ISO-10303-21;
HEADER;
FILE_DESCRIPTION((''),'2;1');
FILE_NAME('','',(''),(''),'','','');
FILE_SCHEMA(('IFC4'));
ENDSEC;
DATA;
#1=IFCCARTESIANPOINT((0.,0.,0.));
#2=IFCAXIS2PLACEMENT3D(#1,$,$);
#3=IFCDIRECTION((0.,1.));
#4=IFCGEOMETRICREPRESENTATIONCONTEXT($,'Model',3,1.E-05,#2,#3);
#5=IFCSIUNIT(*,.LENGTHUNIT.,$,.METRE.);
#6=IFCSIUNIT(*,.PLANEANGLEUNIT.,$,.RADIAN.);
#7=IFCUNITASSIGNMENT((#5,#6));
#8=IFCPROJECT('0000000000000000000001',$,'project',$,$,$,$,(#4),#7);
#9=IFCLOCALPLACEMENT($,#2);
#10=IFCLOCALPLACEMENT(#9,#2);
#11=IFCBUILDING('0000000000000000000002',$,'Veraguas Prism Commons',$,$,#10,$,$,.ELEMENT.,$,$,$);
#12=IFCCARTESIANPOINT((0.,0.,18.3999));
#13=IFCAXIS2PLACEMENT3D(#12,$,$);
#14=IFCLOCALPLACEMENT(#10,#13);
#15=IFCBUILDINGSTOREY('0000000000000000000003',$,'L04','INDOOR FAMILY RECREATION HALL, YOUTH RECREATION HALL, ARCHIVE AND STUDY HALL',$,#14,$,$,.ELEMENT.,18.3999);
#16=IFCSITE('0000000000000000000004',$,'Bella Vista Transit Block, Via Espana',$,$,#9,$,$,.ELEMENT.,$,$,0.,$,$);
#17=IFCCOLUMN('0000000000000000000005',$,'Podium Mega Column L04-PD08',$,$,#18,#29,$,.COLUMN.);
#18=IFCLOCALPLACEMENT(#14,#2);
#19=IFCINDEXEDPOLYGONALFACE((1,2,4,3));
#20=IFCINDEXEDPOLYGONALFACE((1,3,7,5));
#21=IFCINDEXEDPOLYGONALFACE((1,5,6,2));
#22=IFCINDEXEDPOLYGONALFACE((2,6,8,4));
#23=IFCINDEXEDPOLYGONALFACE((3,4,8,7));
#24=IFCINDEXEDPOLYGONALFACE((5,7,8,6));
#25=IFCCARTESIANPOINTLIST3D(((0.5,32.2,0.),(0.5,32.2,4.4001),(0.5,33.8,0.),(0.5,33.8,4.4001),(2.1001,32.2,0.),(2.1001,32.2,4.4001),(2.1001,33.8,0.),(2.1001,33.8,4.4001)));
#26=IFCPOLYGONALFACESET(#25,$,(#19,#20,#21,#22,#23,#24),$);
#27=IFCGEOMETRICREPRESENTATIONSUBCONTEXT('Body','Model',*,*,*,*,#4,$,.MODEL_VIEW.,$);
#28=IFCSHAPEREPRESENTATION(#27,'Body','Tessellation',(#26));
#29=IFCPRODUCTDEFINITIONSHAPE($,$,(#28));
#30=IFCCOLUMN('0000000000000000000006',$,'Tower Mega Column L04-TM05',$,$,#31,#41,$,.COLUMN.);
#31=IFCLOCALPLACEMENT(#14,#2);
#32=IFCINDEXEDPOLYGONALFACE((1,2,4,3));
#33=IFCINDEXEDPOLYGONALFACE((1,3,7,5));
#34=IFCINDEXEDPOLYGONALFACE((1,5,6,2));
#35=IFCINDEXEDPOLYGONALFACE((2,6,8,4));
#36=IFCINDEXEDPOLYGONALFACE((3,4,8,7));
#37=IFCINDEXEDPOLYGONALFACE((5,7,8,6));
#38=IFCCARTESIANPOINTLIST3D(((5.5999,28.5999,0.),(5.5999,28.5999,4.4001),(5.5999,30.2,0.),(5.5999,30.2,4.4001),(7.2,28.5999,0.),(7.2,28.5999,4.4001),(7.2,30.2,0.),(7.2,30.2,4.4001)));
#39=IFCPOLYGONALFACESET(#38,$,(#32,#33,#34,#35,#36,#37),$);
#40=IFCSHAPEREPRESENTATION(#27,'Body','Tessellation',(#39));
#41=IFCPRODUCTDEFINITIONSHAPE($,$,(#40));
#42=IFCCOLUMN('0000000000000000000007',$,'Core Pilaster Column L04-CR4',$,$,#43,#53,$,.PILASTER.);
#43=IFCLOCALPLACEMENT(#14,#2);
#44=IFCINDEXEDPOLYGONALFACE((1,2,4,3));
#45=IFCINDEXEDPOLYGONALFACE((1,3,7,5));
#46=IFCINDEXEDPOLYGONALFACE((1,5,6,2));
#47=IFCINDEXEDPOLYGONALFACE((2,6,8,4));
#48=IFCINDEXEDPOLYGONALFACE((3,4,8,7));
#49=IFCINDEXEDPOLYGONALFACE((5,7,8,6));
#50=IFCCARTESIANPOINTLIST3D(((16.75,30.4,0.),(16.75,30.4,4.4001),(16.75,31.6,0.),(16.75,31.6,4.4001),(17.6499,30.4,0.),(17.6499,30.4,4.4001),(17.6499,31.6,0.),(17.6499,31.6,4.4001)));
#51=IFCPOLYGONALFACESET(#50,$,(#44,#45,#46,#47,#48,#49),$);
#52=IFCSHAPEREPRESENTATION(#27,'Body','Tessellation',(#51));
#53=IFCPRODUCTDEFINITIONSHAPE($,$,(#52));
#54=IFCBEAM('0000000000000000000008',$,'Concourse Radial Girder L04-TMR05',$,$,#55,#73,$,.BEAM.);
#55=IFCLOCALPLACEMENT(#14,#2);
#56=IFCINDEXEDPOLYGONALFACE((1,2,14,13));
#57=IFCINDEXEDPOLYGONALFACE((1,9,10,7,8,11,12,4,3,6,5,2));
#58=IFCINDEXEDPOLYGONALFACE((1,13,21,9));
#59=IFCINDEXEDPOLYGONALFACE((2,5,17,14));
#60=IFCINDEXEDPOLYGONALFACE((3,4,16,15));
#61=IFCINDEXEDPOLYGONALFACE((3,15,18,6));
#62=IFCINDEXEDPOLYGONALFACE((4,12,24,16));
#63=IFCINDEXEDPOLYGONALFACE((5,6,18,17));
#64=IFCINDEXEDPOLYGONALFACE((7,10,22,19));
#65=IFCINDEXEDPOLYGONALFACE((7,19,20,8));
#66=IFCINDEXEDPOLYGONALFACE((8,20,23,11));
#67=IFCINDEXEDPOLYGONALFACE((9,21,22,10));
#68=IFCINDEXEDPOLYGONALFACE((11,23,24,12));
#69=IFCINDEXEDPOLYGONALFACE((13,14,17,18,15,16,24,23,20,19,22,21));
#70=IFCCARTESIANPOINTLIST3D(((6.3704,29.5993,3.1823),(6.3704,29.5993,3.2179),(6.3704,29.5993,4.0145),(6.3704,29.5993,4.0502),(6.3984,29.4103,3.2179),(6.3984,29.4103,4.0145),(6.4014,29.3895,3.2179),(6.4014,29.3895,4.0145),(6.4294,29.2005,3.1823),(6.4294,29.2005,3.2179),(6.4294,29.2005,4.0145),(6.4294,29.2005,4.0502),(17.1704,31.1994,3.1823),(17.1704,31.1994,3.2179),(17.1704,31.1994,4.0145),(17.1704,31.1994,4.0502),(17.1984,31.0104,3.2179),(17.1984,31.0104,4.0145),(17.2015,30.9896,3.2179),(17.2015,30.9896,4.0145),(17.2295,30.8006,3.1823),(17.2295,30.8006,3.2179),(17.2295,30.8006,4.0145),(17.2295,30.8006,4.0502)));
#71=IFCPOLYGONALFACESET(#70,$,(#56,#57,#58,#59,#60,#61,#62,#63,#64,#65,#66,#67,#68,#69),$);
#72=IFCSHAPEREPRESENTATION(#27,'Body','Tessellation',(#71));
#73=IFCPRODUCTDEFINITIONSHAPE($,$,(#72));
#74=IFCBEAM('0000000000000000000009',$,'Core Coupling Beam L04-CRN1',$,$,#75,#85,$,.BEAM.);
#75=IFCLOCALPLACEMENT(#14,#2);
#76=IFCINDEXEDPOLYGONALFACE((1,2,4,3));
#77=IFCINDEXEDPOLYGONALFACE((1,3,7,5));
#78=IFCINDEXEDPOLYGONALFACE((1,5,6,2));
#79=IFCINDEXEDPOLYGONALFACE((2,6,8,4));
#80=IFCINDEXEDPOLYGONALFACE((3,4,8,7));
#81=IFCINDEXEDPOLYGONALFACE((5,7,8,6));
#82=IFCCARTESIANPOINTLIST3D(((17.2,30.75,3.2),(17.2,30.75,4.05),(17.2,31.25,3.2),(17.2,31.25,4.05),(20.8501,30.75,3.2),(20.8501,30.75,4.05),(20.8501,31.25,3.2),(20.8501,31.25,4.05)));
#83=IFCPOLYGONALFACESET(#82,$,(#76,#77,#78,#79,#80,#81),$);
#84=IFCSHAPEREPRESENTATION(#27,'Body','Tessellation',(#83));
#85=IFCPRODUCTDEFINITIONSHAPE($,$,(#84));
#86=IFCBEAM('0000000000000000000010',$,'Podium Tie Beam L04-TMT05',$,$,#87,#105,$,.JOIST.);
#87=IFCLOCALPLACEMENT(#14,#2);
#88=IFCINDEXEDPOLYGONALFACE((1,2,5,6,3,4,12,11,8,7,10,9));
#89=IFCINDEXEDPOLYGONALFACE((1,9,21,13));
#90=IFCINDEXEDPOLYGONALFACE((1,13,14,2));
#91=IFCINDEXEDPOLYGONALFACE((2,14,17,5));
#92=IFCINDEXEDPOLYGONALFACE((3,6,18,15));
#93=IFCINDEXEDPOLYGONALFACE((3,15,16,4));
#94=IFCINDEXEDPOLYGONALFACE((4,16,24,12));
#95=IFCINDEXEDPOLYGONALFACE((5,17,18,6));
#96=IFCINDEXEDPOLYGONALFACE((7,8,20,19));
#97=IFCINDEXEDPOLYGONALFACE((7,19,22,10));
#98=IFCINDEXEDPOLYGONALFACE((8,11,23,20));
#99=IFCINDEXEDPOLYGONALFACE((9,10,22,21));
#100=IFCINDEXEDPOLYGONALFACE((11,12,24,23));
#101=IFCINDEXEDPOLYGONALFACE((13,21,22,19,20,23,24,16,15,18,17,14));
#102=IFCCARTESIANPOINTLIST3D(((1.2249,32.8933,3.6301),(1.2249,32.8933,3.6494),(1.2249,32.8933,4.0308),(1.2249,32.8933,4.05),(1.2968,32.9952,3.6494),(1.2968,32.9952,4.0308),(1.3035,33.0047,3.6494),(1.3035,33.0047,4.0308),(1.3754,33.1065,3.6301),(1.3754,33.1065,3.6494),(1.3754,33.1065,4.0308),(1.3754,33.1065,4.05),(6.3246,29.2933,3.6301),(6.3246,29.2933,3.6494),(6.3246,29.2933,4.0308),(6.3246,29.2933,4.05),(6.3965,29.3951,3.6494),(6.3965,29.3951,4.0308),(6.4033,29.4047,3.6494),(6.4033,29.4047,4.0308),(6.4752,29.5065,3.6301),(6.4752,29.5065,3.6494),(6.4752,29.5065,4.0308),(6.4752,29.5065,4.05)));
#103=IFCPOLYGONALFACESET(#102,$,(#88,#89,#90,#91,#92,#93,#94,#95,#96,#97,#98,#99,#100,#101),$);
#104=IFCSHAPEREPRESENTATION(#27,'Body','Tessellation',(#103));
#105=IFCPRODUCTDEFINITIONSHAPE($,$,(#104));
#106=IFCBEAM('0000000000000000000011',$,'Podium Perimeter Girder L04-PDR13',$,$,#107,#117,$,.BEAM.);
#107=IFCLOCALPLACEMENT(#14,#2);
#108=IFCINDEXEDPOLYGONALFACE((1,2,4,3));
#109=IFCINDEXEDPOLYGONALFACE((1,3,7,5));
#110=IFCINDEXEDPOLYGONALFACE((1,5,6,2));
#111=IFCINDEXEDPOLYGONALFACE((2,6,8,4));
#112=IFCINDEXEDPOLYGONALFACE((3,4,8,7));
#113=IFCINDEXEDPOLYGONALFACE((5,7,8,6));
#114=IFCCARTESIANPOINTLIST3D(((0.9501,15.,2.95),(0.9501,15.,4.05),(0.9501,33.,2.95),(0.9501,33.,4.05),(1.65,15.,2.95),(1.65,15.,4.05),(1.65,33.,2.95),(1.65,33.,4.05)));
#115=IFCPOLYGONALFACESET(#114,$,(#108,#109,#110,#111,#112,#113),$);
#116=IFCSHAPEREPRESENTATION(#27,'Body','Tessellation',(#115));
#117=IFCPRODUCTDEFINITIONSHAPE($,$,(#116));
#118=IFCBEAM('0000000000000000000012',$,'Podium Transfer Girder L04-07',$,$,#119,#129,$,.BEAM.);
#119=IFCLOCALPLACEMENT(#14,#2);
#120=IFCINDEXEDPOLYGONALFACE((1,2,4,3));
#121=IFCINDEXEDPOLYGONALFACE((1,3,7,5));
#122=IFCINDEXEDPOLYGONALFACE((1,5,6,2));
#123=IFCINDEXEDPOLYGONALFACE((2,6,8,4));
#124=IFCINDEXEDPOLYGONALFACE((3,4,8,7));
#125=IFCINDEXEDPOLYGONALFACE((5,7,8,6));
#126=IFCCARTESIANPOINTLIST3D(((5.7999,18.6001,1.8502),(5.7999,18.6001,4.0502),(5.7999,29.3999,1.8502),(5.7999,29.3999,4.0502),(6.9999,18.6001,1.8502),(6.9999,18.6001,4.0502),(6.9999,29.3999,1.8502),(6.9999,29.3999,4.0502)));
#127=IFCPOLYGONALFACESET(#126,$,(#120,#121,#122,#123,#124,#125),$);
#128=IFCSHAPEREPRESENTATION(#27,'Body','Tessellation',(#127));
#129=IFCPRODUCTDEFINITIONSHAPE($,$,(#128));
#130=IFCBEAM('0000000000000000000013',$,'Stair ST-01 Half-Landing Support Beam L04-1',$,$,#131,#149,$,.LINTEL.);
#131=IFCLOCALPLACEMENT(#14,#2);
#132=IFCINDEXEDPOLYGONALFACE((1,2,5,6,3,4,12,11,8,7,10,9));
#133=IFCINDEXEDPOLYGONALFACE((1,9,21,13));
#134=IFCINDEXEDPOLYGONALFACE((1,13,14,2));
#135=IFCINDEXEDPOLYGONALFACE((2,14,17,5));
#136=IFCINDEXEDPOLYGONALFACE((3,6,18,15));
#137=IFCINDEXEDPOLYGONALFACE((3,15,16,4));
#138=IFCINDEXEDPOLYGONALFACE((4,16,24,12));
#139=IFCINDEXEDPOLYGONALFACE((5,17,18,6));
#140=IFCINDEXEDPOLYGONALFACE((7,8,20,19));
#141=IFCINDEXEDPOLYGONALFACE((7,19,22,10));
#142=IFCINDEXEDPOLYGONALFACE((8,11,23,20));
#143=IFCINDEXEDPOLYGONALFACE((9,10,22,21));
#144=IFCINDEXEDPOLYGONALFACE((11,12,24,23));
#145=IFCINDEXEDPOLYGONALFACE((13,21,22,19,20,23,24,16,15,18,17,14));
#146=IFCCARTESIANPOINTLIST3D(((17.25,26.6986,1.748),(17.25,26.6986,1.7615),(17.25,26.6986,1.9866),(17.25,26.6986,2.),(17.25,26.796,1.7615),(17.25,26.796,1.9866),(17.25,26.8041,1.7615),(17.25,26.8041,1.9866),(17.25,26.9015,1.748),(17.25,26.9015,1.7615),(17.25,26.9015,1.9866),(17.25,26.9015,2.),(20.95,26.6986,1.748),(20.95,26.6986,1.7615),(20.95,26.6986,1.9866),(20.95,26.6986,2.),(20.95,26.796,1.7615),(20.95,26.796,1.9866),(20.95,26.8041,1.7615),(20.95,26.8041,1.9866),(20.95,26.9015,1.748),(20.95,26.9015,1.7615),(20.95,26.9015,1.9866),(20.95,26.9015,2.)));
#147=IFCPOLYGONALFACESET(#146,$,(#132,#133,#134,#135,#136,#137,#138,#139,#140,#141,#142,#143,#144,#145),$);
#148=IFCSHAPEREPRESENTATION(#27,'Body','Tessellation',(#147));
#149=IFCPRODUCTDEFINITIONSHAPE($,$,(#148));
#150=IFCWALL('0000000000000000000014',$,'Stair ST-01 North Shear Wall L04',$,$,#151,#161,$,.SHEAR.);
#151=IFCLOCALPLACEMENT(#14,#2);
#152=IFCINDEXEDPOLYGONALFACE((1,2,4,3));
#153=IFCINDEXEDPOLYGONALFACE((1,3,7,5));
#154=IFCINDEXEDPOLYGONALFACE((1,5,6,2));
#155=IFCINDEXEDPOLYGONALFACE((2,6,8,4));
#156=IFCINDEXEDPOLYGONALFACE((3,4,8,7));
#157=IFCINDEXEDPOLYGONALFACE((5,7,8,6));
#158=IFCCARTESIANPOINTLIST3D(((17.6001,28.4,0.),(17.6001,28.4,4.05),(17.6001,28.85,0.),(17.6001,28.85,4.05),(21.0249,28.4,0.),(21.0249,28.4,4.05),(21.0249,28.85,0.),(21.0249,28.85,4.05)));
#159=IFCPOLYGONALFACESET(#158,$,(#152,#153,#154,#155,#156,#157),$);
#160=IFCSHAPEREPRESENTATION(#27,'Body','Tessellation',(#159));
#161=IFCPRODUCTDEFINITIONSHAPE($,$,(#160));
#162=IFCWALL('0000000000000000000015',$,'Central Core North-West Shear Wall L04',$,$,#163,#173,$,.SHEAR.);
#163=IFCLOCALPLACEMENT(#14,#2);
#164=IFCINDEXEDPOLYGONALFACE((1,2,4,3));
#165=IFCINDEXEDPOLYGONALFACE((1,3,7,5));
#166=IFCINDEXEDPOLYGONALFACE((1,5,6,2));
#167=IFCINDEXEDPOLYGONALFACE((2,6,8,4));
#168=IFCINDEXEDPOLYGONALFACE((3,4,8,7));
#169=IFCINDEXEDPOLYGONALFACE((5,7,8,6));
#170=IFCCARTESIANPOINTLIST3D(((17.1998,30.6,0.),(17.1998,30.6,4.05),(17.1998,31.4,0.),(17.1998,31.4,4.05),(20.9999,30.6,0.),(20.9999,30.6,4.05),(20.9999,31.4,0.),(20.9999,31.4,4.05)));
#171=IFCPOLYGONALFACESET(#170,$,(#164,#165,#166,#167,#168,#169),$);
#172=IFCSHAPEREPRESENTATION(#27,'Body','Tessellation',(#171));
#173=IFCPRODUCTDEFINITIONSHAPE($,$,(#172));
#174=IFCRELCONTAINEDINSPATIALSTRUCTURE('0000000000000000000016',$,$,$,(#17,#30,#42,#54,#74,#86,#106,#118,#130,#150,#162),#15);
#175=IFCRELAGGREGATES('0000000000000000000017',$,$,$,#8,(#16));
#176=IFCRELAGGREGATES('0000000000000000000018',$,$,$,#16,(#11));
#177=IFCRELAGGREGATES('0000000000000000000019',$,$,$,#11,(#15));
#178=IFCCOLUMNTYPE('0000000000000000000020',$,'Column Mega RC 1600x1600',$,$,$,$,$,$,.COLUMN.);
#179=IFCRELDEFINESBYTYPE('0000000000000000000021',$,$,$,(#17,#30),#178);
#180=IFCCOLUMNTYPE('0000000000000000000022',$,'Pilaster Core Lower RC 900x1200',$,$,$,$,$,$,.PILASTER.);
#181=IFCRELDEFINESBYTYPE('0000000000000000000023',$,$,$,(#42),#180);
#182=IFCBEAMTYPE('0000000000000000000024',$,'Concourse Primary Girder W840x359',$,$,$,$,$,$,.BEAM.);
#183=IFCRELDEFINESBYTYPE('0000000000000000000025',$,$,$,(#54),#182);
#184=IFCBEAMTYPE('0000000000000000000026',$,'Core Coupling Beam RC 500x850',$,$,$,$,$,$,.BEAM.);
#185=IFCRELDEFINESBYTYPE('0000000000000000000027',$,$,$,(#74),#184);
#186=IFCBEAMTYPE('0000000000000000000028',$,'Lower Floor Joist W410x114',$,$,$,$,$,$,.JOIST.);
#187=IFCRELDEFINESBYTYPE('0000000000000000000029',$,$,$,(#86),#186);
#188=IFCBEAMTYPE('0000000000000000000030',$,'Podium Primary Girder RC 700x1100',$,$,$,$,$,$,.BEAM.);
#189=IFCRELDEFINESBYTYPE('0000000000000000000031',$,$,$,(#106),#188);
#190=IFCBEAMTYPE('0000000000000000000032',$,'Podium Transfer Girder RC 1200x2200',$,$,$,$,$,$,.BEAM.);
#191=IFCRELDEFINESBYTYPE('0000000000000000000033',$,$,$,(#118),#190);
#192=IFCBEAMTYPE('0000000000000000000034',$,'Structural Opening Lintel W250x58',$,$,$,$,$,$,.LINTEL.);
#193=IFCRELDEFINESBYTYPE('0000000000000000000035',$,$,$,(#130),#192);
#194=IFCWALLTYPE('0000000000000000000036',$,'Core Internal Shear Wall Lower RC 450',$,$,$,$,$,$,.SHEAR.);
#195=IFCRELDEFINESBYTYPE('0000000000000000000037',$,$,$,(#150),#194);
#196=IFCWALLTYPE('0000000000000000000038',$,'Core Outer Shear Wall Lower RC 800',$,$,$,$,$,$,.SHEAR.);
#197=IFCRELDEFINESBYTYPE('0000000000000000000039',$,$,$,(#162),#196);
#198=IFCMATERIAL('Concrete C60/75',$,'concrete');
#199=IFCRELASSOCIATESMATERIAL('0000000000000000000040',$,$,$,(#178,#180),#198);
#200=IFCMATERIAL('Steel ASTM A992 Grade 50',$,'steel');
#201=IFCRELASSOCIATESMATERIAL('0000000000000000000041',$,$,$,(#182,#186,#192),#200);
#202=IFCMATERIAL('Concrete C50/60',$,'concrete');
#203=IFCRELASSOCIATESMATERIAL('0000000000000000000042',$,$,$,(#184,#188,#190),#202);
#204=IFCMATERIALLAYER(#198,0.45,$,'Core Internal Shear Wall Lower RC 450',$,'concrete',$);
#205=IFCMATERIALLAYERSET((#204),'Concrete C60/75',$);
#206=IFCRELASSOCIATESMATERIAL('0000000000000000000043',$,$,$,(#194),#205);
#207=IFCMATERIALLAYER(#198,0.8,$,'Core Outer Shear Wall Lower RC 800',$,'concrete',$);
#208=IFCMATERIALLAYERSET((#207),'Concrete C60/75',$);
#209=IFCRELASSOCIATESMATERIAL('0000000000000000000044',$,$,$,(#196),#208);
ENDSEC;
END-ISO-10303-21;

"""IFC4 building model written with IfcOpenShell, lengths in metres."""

from ifc_helpers import new_model, si_unit, direction, frame, frame_2d, origin, origin_2d, place, context, subcontext, project, spatial, rectangle, i_section, extrude, material, layer, layer_set, material_profile, profile_set, type_object, element, save


model = new_model("IFC4")

# Units and contexts
model_context = context("Model", 3, precision=1e-05, world=origin(), true_north=direction((0.0, 1.0)))
body_context = subcontext(model_context, "Body", "Model", "MODEL_VIEW")
ifc_project = project(units=[si_unit("LENGTHUNIT", "METRE"), si_unit("PLANEANGLEUNIT", "RADIAN")], contexts=[model_context])

# Site, building, storey
site_placement = place(None, origin())
site = spatial("IfcSite", under=ifc_project, at=site_placement, Name="Bella Vista Transit Block, Via Espana", CompositionType="ELEMENT", RefElevation=0.0)
building_placement = place(site_placement, origin())
building = spatial("IfcBuilding", under=site, at=building_placement, Name="Veraguas Prism Commons", CompositionType="ELEMENT")
storey_placement = place(building_placement, frame((0.0, 0.0, 18.3999)))
storey = spatial("IfcBuildingStorey", under=building, at=storey_placement, Name="L04", Description="INDOOR FAMILY RECREATION HALL, YOUTH RECREATION HALL, ARCHIVE AND STUDY HALL", CompositionType="ELEMENT", Elevation=18.3999)

# Columns
ifc_material_1 = material(Name="Concrete C60/75", Category="concrete")
ifc_material_profile_1 = material_profile(ifc_material_1, rectangle(XDim=1.6001, YDim=1.6001, at=origin_2d()), Name="RC1600X1600")
ifc_profile_set_1 = profile_set([ifc_material_profile_1], Name="Concrete C60/75")
column_type_1 = type_object("IfcColumnType", Name="Column Mega RC 1600x1600", PredefinedType="COLUMN", material=ifc_profile_set_1)
for number, where, z_axis, x_axis, name in (
    (1, (1.3, 33.0, 0.0), (0.0, 0.0, 1.0), (1.0, 0.0, 0.0), "Podium Mega Column L04-PD08"),
    (2, (6.3999, 29.3999, 0.0), (0.0, 0.0, 1.0), (1.0, 0.0, 0.0), "Tower Mega Column L04-TM05"),
):
    element("IfcColumn", number, at=place(storey_placement, frame(where, z_axis=z_axis, x_axis=x_axis)), inside=storey, type_object=column_type_1, Name=name, PredefinedType="COLUMN", context=body_context, shape_type="SweptSolid", body=[
        extrude(rectangle(XDim=1.6001, YDim=1.6001, at=origin_2d()), origin(), (0.0, 0.0, 1.0), 4.4001),
    ])
ifc_material_profile_2 = material_profile(ifc_material_1, rectangle(XDim=0.8999, YDim=1.2, at=origin_2d()), Name="RC900X1200")
ifc_profile_set_2 = profile_set([ifc_material_profile_2], Name="Concrete C60/75")
column_type_2 = type_object("IfcColumnType", Name="Pilaster Core Lower RC 900x1200", PredefinedType="PILASTER", material=ifc_profile_set_2)
column_placement = place(storey_placement, frame((17.2, 31.0, 0.0), z_axis=(0.0, 0.0, 1.0), x_axis=(1.0, 0.0, 0.0)))
element("IfcColumn", 3, at=column_placement, inside=storey, type_object=column_type_2, Name="Core Pilaster Column L04-CR4", PredefinedType="PILASTER", context=body_context, shape_type="SweptSolid", body=[
    extrude(rectangle(XDim=0.8999, YDim=1.2, at=origin_2d()), origin(), (0.0, 0.0, 1.0), 4.4001),
])

# Beams
ifc_material_2 = material(Name="Steel ASTM A992 Grade 50", Category="steel")
ifc_material_profile_3 = material_profile(ifc_material_2, i_section(OverallWidth=0.4031, OverallDepth=0.8679, WebThickness=0.021, FlangeThickness=0.0356, at=origin_2d()), Name="W840X359")
ifc_profile_set_3 = profile_set([ifc_material_profile_3], Name="Steel ASTM A992 Grade 50")
beam_type_1 = type_object("IfcBeamType", Name="Concourse Primary Girder W840x359", PredefinedType="BEAM", material=ifc_profile_set_3)
beam_1_placement = place(storey_placement, frame((6.3999, 29.3999, 3.6162), z_axis=(0.989202, 0.146557, 0.0), x_axis=(-0.146557, 0.989202, 0.0)))
element("IfcBeam", 4, at=beam_1_placement, inside=storey, type_object=beam_type_1, Name="Concourse Radial Girder L04-TMR05", PredefinedType="BEAM", context=body_context, shape_type="SweptSolid", body=[
    extrude(i_section(OverallWidth=0.4031, OverallDepth=0.8679, WebThickness=0.021, FlangeThickness=0.0356, at=origin_2d()), origin(), (0.0, 0.0, 1.0), 10.918),
])
ifc_material_3 = material(Name="Concrete C50/60", Category="concrete")
ifc_material_profile_4 = material_profile(ifc_material_3, rectangle(XDim=0.5, YDim=0.8501, at=origin_2d()), Name="RC500X850")
ifc_profile_set_4 = profile_set([ifc_material_profile_4], Name="Concrete C50/60")
beam_type_2 = type_object("IfcBeamType", Name="Core Coupling Beam RC 500x850", PredefinedType="BEAM", material=ifc_profile_set_4)
beam_2_placement = place(storey_placement, frame((17.2, 31.0, 3.625), z_axis=(1.0, 0.0, 0.0), x_axis=(0.0, 1.0, 0.0)))
element("IfcBeam", 5, at=beam_2_placement, inside=storey, type_object=beam_type_2, Name="Core Coupling Beam L04-CRN1", PredefinedType="BEAM", context=body_context, shape_type="SweptSolid", body=[
    extrude(rectangle(XDim=0.5, YDim=0.8501, at=origin_2d()), origin(), (0.0, 0.0, 1.0), 3.6501),
])
ifc_material_profile_5 = material_profile(ifc_material_2, i_section(OverallWidth=0.261, OverallDepth=0.4199, WebThickness=0.0117, FlangeThickness=0.0193, at=origin_2d()), Name="W410X114")
ifc_profile_set_5 = profile_set([ifc_material_profile_5], Name="Steel ASTM A992 Grade 50")
beam_type_3 = type_object("IfcBeamType", Name="Lower Floor Joist W410x114", PredefinedType="JOIST", material=ifc_profile_set_5)
beam_3_placement = place(storey_placement, frame((6.3999, 29.3999, 3.8401), z_axis=(-0.816953, 0.576705, 0.0), x_axis=(-0.576705, -0.816953, 0.0)))
element("IfcBeam", 6, at=beam_3_placement, inside=storey, type_object=beam_type_3, Name="Podium Tie Beam L04-TMT05", PredefinedType="JOIST", context=body_context, shape_type="SweptSolid", body=[
    extrude(i_section(OverallWidth=0.261, OverallDepth=0.4199, WebThickness=0.0117, FlangeThickness=0.0193, at=origin_2d()), origin(), (0.0, 0.0, 1.0), 6.2424),
])
ifc_material_profile_6 = material_profile(ifc_material_3, rectangle(XDim=0.7, YDim=1.1001, at=origin_2d()), Name="RC700X1100")
ifc_profile_set_6 = profile_set([ifc_material_profile_6], Name="Concrete C50/60")
beam_type_4 = type_object("IfcBeamType", Name="Podium Primary Girder RC 700x1100", PredefinedType="BEAM", material=ifc_profile_set_6)
beam_4_placement = place(storey_placement, frame((1.3, 33.0, 3.5), z_axis=(0.0, -1.0, 0.0), x_axis=(1.0, 0.0, 0.0)))
element("IfcBeam", 7, at=beam_4_placement, inside=storey, type_object=beam_type_4, Name="Podium Perimeter Girder L04-PDR13", PredefinedType="BEAM", context=body_context, shape_type="SweptSolid", body=[
    extrude(rectangle(XDim=0.7, YDim=1.1001, at=origin_2d()), origin(), (0.0, 0.0, 1.0), 18.0),
])
ifc_material_profile_7 = material_profile(ifc_material_3, rectangle(XDim=1.2, YDim=2.2, at=origin_2d()), Name="RC1200X2200")
ifc_profile_set_7 = profile_set([ifc_material_profile_7], Name="Concrete C50/60")
beam_type_5 = type_object("IfcBeamType", Name="Podium Transfer Girder RC 1200x2200", PredefinedType="BEAM", material=ifc_profile_set_7)
beam_5_placement = place(storey_placement, frame((6.3999, 29.3999, 2.9502), z_axis=(0.0, -1.0, 0.0), x_axis=(1.0, 0.0, 0.0)))
element("IfcBeam", 8, at=beam_5_placement, inside=storey, type_object=beam_type_5, Name="Podium Transfer Girder L04-07", PredefinedType="BEAM", context=body_context, shape_type="SweptSolid", body=[
    extrude(rectangle(XDim=1.2, YDim=2.2, at=origin_2d()), origin(), (0.0, 0.0, 1.0), 10.7998),
])
ifc_material_profile_8 = material_profile(ifc_material_2, i_section(OverallWidth=0.2029, OverallDepth=0.252, WebThickness=0.0081, FlangeThickness=0.0134, at=origin_2d()), Name="W250X58")
ifc_profile_set_8 = profile_set([ifc_material_profile_8], Name="Steel ASTM A992 Grade 50")
beam_type_6 = type_object("IfcBeamType", Name="Structural Opening Lintel W250x58", PredefinedType="LINTEL", material=ifc_profile_set_8)
beam_6_placement = place(storey_placement, frame((17.25, 26.8, 1.874), z_axis=(1.0, 0.0, 0.0), x_axis=(0.0, 1.0, 0.0)))
element("IfcBeam", 9, at=beam_6_placement, inside=storey, type_object=beam_type_6, Name="Stair ST-01 Half-Landing Support Beam L04-1", PredefinedType="LINTEL", context=body_context, shape_type="SweptSolid", body=[
    extrude(i_section(OverallWidth=0.2029, OverallDepth=0.252, WebThickness=0.0081, FlangeThickness=0.0134, at=origin_2d()), origin(), (0.0, 0.0, 1.0), 3.7),
])

# Walls
ifc_layer_1 = layer(ifc_material_1, 0.45, Name="Core Internal Shear Wall Lower RC 450", Category="concrete")
ifc_layer_set_1 = layer_set([ifc_layer_1], Name="Concrete C60/75")
wall_type_1 = type_object("IfcWallType", Name="Core Internal Shear Wall Lower RC 450", PredefinedType="SHEAR", material=ifc_layer_set_1)
wall_1_placement = place(storey_placement, frame((17.6001, 28.625, 0.0), z_axis=(0.0, 0.0, 1.0), x_axis=(1.0, 0.0, 0.0)))
element("IfcWall", 10, at=wall_1_placement, inside=storey, type_object=wall_type_1, Name="Stair ST-01 North Shear Wall L04", PredefinedType="SHEAR", context=body_context, shape_type="SweptSolid", body=[
    extrude(rectangle(XDim=3.4248, YDim=0.45, at=frame_2d((1.7124, 0.0))), origin(), (0.0, 0.0, 1.0), 4.05),
])
ifc_layer_2 = layer(ifc_material_1, 0.8, Name="Core Outer Shear Wall Lower RC 800", Category="concrete")
ifc_layer_set_2 = layer_set([ifc_layer_2], Name="Concrete C60/75")
wall_type_2 = type_object("IfcWallType", Name="Core Outer Shear Wall Lower RC 800", PredefinedType="SHEAR", material=ifc_layer_set_2)
wall_2_placement = place(storey_placement, frame((17.2, 31.0, 0.0), z_axis=(0.0, 0.0, 1.0), x_axis=(1.0, 0.0, 0.0)))
element("IfcWall", 11, at=wall_2_placement, inside=storey, type_object=wall_type_2, Name="Central Core North-West Shear Wall L04", PredefinedType="SHEAR", context=body_context, shape_type="SweptSolid", body=[
    extrude(rectangle(XDim=3.8, YDim=0.8, at=frame_2d((1.8999, 0.0))), origin(), (0.0, 0.0, 1.0), 4.05),
])

save(model, "model.ifc")
